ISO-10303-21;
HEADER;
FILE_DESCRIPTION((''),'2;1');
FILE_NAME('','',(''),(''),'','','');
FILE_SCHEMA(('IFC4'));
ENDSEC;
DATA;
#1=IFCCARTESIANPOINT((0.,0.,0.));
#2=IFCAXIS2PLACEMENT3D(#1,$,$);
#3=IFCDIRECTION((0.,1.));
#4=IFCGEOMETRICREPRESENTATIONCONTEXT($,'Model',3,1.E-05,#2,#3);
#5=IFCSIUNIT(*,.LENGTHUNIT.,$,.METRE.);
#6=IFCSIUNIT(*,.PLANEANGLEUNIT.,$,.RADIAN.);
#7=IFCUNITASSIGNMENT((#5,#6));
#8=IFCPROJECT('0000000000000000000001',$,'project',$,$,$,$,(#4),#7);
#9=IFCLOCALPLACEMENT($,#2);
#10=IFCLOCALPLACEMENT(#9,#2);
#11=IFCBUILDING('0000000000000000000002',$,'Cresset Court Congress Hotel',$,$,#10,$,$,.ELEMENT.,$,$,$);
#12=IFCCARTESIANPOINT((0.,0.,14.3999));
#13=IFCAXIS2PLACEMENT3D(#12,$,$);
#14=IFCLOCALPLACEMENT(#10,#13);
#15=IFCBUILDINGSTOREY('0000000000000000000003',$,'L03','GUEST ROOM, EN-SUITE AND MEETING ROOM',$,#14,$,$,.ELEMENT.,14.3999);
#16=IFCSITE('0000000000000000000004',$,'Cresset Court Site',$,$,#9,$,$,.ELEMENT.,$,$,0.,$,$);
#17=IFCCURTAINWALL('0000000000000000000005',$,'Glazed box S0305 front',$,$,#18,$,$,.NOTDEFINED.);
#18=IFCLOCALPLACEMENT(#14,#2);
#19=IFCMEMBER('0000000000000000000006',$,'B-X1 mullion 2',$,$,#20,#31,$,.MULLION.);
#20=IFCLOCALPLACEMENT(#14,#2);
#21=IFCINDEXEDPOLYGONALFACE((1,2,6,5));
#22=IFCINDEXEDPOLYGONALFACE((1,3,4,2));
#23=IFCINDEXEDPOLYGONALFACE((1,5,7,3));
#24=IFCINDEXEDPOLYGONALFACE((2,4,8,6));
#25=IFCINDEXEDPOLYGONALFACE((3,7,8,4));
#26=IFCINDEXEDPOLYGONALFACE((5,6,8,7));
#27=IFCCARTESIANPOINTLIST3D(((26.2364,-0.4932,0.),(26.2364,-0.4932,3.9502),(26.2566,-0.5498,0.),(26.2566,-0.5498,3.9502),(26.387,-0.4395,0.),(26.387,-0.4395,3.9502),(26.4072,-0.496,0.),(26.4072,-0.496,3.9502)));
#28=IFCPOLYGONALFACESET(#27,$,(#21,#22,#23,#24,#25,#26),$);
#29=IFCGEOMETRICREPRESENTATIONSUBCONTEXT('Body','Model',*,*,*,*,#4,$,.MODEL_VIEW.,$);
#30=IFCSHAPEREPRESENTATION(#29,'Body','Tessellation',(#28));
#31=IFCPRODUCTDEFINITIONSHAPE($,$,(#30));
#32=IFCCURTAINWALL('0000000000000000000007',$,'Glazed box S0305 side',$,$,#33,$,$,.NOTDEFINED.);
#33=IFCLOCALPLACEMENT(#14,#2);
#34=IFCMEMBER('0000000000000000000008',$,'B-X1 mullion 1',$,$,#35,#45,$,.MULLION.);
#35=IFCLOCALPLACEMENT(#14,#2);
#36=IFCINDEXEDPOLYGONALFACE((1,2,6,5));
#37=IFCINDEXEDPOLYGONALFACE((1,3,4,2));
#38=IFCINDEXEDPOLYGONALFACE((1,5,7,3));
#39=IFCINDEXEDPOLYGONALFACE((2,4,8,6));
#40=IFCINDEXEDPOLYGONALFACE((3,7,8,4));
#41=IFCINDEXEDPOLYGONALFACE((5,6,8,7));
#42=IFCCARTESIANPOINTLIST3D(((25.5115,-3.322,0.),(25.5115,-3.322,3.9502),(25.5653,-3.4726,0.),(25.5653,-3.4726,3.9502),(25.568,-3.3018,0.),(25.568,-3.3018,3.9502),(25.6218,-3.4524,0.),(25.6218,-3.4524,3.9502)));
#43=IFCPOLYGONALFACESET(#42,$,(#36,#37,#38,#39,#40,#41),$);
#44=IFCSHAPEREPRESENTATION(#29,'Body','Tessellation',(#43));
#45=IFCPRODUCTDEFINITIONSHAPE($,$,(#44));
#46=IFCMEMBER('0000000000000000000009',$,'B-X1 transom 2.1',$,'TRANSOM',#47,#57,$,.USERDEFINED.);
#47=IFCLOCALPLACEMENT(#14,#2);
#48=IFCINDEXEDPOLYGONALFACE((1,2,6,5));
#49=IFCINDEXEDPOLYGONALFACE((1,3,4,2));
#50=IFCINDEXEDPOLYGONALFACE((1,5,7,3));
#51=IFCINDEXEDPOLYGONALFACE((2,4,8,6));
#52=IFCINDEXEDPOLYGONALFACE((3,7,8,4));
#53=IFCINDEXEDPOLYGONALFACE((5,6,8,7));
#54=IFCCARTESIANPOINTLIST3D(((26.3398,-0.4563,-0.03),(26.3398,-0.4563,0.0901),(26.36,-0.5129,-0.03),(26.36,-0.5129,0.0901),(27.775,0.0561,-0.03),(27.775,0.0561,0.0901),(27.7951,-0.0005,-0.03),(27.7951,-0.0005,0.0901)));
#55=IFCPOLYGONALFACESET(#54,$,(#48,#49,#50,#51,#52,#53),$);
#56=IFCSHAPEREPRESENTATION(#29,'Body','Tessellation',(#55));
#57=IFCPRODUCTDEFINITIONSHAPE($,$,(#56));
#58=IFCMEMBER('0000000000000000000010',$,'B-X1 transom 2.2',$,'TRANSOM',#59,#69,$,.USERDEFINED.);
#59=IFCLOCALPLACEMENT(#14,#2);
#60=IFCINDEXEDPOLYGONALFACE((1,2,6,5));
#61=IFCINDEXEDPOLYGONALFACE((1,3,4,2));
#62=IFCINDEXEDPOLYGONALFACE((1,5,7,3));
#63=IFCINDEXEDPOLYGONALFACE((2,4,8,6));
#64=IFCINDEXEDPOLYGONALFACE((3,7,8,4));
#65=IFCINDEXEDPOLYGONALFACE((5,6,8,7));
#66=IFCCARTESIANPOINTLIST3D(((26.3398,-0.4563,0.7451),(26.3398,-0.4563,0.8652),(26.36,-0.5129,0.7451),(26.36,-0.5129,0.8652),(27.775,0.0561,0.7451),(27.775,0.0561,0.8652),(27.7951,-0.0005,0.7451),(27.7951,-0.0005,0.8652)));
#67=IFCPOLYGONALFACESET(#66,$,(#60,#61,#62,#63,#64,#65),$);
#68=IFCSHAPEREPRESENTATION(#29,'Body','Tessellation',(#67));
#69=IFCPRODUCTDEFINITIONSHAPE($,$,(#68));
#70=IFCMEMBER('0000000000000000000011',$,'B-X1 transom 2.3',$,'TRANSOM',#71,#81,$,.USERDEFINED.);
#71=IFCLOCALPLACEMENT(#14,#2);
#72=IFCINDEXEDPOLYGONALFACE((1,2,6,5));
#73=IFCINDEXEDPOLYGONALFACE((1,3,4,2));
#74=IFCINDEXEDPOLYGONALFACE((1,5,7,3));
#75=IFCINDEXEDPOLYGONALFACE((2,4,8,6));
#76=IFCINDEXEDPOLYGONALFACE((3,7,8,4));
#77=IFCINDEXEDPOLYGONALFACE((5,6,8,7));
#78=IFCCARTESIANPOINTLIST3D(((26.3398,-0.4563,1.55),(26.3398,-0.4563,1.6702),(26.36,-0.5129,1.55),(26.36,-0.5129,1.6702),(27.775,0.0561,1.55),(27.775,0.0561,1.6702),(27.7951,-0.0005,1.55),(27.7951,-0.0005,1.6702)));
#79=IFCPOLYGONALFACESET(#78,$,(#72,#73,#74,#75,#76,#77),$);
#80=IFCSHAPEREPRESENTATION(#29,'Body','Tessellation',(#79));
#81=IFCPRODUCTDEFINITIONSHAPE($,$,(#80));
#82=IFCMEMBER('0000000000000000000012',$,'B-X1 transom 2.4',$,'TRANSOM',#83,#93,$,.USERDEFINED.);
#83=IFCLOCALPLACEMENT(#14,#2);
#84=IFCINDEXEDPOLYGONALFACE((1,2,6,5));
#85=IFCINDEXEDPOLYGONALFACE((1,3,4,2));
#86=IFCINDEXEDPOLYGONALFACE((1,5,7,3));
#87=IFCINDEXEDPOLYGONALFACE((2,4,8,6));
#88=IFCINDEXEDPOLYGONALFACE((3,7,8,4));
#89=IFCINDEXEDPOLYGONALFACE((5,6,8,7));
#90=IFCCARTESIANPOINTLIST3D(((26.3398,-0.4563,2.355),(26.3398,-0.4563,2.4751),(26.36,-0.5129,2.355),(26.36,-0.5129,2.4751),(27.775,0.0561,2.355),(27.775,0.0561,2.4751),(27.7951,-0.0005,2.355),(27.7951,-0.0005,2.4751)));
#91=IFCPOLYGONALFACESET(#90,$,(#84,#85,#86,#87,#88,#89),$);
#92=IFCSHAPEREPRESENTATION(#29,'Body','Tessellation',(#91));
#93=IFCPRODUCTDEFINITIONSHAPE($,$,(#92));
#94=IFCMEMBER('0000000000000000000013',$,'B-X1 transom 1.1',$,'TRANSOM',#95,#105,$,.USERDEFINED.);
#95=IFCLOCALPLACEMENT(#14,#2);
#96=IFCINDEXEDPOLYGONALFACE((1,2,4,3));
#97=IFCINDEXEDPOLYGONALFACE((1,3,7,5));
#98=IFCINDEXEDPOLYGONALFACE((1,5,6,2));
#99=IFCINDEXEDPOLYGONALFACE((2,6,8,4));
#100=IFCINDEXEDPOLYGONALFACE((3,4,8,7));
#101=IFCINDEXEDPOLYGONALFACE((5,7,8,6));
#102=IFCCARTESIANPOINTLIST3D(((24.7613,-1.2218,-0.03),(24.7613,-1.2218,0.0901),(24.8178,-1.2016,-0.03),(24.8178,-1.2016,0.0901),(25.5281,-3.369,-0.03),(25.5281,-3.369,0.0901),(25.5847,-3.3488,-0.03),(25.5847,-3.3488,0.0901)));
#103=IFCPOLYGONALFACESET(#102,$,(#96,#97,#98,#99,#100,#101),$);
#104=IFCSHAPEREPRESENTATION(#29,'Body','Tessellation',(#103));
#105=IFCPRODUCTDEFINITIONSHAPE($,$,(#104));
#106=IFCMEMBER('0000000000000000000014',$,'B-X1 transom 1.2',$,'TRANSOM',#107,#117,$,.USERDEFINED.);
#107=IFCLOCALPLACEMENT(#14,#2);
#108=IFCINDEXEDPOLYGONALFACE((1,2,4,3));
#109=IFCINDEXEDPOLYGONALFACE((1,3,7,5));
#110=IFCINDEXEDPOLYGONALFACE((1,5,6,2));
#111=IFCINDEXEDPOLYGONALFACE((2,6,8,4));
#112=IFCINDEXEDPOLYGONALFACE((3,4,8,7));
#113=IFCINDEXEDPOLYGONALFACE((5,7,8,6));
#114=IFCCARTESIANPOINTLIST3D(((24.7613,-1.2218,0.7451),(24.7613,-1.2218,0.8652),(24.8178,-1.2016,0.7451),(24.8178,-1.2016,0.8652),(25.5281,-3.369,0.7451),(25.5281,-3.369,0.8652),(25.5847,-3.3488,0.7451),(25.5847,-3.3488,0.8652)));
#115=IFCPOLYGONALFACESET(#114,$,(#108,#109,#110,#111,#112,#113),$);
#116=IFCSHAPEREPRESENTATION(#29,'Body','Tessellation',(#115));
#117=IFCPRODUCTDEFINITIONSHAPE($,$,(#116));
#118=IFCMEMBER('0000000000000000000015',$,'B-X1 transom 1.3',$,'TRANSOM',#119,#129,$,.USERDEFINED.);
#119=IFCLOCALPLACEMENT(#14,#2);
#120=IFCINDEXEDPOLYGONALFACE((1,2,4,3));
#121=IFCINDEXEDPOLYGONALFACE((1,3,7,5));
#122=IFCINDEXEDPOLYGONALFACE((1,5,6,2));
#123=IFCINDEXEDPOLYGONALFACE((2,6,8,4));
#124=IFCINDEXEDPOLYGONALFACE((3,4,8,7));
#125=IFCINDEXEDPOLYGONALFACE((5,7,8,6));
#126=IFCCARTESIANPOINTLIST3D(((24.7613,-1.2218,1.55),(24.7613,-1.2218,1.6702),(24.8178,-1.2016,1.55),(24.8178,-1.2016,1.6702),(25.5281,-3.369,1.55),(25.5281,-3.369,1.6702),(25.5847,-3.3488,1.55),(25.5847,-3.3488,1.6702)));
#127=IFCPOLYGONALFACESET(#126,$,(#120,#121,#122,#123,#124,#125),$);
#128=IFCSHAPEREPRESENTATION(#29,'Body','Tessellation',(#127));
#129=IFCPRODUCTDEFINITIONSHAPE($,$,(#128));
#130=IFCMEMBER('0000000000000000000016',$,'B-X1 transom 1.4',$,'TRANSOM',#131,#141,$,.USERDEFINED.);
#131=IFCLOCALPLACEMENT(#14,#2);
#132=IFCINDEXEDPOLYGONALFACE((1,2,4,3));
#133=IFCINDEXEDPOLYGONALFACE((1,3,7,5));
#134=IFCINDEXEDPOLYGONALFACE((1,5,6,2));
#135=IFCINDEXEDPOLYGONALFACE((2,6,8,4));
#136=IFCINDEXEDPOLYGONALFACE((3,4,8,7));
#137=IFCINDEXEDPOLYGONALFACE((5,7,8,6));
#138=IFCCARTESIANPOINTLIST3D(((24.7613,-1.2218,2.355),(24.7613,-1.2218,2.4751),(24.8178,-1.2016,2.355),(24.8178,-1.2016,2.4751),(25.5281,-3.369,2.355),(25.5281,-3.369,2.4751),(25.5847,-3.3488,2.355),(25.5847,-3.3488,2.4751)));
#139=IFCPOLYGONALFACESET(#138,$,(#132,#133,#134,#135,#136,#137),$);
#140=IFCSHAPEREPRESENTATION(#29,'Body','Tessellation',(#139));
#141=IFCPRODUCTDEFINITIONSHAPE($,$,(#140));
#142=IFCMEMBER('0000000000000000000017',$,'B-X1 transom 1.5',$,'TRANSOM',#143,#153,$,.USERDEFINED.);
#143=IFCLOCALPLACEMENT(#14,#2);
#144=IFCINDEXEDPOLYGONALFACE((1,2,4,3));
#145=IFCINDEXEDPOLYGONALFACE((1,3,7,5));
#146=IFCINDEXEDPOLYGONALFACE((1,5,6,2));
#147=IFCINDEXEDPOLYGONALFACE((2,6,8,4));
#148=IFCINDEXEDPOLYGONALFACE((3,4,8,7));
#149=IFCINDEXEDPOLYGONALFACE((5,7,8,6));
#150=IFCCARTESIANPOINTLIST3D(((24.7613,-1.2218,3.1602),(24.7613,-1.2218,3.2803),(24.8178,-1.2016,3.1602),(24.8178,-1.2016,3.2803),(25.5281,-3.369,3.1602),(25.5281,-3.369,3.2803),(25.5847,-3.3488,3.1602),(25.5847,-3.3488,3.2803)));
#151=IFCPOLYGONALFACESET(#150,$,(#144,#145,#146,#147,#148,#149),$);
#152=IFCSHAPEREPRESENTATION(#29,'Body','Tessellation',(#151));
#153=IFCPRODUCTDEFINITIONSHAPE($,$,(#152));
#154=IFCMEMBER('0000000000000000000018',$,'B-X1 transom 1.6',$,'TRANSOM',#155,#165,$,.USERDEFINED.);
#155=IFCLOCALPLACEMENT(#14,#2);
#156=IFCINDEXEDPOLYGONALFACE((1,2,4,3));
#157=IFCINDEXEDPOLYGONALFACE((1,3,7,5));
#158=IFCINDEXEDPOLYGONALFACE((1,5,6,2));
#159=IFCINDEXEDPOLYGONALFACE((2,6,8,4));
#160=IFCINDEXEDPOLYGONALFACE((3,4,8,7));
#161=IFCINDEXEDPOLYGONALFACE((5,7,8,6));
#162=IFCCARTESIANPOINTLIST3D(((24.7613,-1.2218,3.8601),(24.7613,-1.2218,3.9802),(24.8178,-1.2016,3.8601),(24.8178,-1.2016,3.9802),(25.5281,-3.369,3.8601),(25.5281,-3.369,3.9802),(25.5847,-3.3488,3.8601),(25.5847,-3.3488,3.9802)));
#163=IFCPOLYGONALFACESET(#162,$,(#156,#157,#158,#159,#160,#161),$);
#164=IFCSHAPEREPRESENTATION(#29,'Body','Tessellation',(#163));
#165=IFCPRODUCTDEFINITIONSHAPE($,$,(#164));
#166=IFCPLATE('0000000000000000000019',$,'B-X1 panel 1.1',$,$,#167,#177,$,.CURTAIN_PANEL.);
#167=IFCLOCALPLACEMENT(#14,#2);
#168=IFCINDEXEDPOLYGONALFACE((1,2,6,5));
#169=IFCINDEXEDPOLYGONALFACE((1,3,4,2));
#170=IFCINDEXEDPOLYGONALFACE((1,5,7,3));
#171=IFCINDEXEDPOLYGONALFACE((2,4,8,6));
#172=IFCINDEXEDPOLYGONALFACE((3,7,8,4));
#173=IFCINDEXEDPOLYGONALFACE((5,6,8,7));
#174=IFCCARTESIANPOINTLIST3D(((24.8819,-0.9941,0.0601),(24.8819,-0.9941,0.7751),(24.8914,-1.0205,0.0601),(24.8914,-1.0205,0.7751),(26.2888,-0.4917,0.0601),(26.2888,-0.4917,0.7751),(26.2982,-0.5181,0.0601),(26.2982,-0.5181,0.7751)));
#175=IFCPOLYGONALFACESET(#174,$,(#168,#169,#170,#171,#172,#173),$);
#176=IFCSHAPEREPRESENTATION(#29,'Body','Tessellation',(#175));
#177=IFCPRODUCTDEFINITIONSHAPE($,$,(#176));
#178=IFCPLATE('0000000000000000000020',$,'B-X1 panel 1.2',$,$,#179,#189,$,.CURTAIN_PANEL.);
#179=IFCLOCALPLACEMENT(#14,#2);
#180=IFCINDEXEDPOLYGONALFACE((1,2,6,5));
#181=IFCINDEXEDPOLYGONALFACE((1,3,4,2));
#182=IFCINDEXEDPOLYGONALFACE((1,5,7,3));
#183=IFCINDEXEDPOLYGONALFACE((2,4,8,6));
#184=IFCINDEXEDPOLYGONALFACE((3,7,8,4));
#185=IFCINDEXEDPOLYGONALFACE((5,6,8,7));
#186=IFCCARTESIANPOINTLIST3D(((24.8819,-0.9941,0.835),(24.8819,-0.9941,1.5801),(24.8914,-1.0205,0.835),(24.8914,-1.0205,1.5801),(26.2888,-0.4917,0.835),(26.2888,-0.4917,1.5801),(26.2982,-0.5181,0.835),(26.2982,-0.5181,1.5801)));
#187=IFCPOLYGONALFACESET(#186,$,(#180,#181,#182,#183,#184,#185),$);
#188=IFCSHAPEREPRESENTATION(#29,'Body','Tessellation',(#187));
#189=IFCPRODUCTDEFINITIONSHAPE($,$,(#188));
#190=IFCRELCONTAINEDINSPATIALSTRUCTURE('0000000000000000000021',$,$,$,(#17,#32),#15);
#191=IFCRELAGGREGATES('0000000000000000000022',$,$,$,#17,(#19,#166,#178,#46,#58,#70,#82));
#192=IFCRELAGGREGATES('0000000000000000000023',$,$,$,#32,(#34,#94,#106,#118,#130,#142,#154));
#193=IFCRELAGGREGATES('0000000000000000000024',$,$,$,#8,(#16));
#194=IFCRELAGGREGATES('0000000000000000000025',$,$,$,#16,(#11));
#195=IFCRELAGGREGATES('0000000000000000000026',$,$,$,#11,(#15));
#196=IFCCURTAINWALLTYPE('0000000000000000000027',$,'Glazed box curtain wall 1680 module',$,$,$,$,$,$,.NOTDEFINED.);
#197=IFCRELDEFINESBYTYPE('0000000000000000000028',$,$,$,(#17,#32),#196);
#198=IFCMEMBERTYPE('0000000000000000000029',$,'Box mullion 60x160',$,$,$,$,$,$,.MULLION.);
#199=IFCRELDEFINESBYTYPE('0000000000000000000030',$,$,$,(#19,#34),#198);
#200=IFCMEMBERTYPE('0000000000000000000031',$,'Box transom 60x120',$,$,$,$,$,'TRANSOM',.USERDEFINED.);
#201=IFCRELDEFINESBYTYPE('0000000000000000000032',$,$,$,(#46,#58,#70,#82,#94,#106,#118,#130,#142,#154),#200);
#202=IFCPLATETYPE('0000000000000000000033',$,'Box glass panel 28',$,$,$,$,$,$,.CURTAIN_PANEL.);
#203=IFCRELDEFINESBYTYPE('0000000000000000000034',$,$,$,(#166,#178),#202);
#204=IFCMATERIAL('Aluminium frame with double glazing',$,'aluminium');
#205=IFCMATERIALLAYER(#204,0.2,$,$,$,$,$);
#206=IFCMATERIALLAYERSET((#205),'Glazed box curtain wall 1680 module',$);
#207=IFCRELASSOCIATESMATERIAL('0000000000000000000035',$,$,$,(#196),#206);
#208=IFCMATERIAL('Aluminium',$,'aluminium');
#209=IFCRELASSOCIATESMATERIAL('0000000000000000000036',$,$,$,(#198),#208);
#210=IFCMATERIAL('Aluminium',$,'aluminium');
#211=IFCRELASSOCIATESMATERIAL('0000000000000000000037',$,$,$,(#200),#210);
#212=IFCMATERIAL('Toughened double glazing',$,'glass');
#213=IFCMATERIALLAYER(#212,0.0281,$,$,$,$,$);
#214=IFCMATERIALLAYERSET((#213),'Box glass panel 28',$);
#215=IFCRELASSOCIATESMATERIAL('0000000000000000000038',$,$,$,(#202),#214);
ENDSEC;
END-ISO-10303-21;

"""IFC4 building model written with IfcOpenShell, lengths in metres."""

from ifc_helpers import new_model, si_unit, direction, frame, origin, origin_2d, place, context, subcontext, project, spatial, rectangle, extrude, material, layer, layer_set, material_profile, profile_set, type_object, element, aggregate, save


model = new_model("IFC4")

# Units and contexts
model_context = context("Model", 3, precision=1e-05, world=origin(), true_north=direction((0.0, 1.0)))
body_context = subcontext(model_context, "Body", "Model", "MODEL_VIEW")
ifc_project = project(units=[si_unit("LENGTHUNIT", "METRE"), si_unit("PLANEANGLEUNIT", "RADIAN")], contexts=[model_context])

# Site, building, storey
site_placement = place(None, origin())
site = spatial("IfcSite", under=ifc_project, at=site_placement, Name="Cresset Court Site", CompositionType="ELEMENT", RefElevation=0.0)
building_placement = place(site_placement, origin())
building = spatial("IfcBuilding", under=site, at=building_placement, Name="Cresset Court Congress Hotel", CompositionType="ELEMENT")
storey_placement = place(building_placement, frame((0.0, 0.0, 14.3999)))
storey = spatial("IfcBuildingStorey", under=building, at=storey_placement, Name="L03", Description="GUEST ROOM, EN-SUITE AND MEETING ROOM", CompositionType="ELEMENT", Elevation=14.3999)

# Curtain walls, members
ifc_material_1 = material(Name="Aluminium frame with double glazing", Category="aluminium")
ifc_layer_1 = layer(ifc_material_1, 0.2)
ifc_layer_set_1 = layer_set([ifc_layer_1], Name="Glazed box curtain wall 1680 module")
curtain_wall_type = type_object("IfcCurtainWallType", Name="Glazed box curtain wall 1680 module", PredefinedType="NOTDEFINED", material=ifc_layer_set_1)
curtain_wall_1_placement = place(storey_placement, origin())
curtain_wall_1 = element("IfcCurtainWall", 1, at=curtain_wall_1_placement, inside=storey, type_object=curtain_wall_type, Name="Glazed box S0305 front", PredefinedType="NOTDEFINED")
ifc_material_2 = material(Name="Aluminium", Category="aluminium")
ifc_material_profile_1 = material_profile(ifc_material_2, rectangle(XDim=0.0601, YDim=0.1599, at=origin_2d()), Name="Box mullion 60x160")
ifc_profile_set_1 = profile_set([ifc_material_profile_1], Name="Aluminium")
member_type_1 = type_object("IfcMemberType", Name="Box mullion 60x160", PredefinedType="MULLION", material=ifc_profile_set_1)
member_1_placement = place(storey_placement, frame((26.3218, -0.4946, 0.0), z_axis=(0.0, 0.0, 1.0), x_axis=(-0.336336, 0.941742, 0.0)))
member_1 = element("IfcMember", 2, at=member_1_placement, type_object=member_type_1, Name="B-X1 mullion 2", PredefinedType="MULLION", context=body_context, shape_type="SweptSolid", body=[
    extrude(rectangle(XDim=0.0601, YDim=0.1599, at=origin_2d()), origin(), (0.0, 0.0, 1.0), 3.9502),
])
curtain_wall_2_placement = place(storey_placement, origin())
curtain_wall_2 = element("IfcCurtainWall", 3, at=curtain_wall_2_placement, inside=storey, type_object=curtain_wall_type, Name="Glazed box S0305 side", PredefinedType="NOTDEFINED")
member_2_placement = place(storey_placement, frame((25.5667, -3.3872, 0.0), z_axis=(0.0, 0.0, 1.0), x_axis=(-0.941742, -0.336336, 0.0)))
member_2 = element("IfcMember", 4, at=member_2_placement, type_object=member_type_1, Name="B-X1 mullion 1", PredefinedType="MULLION", context=body_context, shape_type="SweptSolid", body=[
    extrude(rectangle(XDim=0.0601, YDim=0.1599, at=origin_2d()), origin(), (0.0, 0.0, 1.0), 3.9502),
])

# Members
ifc_material_3 = material(Name="Aluminium", Category="aluminium")
ifc_material_profile_2 = material_profile(ifc_material_3, rectangle(XDim=0.0601, YDim=0.1201, at=origin_2d()), Name="Box transom 60x120")
ifc_profile_set_2 = profile_set([ifc_material_profile_2], Name="Aluminium")
member_type_2 = type_object("IfcMemberType", Name="Box transom 60x120", ElementType="TRANSOM", PredefinedType="USERDEFINED", material=ifc_profile_set_2)
member_3_placement = place(storey_placement, frame((26.3499, -0.4846, 0.03), z_axis=(0.941775, 0.336245, 0.0), x_axis=(-0.336245, 0.941775, 0.0)))
member_3 = element("IfcMember", 5, at=member_3_placement, type_object=member_type_2, Name="B-X1 transom 2.1", ObjectType="TRANSOM", PredefinedType="USERDEFINED", context=body_context, shape_type="SweptSolid", body=[
    extrude(rectangle(XDim=0.0601, YDim=0.1201, at=origin_2d()), origin(), (0.0, 0.0, 1.0), 1.5239),
])
member_4_placement = place(storey_placement, frame((26.3499, -0.4846, 0.8052), z_axis=(0.941775, 0.336245, 0.0), x_axis=(-0.336245, 0.941775, 0.0)))
member_4 = element("IfcMember", 6, at=member_4_placement, type_object=member_type_2, Name="B-X1 transom 2.2", ObjectType="TRANSOM", PredefinedType="USERDEFINED", context=body_context, shape_type="SweptSolid", body=[
    extrude(rectangle(XDim=0.0601, YDim=0.1201, at=origin_2d()), origin(), (0.0, 0.0, 1.0), 1.5239),
])
member_5_placement = place(storey_placement, frame((26.3499, -0.4846, 1.6101), z_axis=(0.941775, 0.336245, 0.0), x_axis=(-0.336245, 0.941775, 0.0)))
member_5 = element("IfcMember", 7, at=member_5_placement, type_object=member_type_2, Name="B-X1 transom 2.3", ObjectType="TRANSOM", PredefinedType="USERDEFINED", context=body_context, shape_type="SweptSolid", body=[
    extrude(rectangle(XDim=0.0601, YDim=0.1201, at=origin_2d()), origin(), (0.0, 0.0, 1.0), 1.5239),
])
member_6_placement = place(storey_placement, frame((26.3499, -0.4846, 2.415), z_axis=(0.941775, 0.336245, 0.0), x_axis=(-0.336245, 0.941775, 0.0)))
member_6 = element("IfcMember", 8, at=member_6_placement, type_object=member_type_2, Name="B-X1 transom 2.4", ObjectType="TRANSOM", PredefinedType="USERDEFINED", context=body_context, shape_type="SweptSolid", body=[
    extrude(rectangle(XDim=0.0601, YDim=0.1201, at=origin_2d()), origin(), (0.0, 0.0, 1.0), 1.5239),
])
member_7_placement = place(storey_placement, frame((25.5564, -3.3589, 0.03), z_axis=(-0.33633, 0.941744, 0.0), x_axis=(-0.941744, -0.33633, 0.0)))
member_7 = element("IfcMember", 9, at=member_7_placement, type_object=member_type_2, Name="B-X1 transom 1.1", ObjectType="TRANSOM", PredefinedType="USERDEFINED", context=body_context, shape_type="SweptSolid", body=[
    extrude(rectangle(XDim=0.0601, YDim=0.1201, at=origin_2d()), origin(), (0.0, 0.0, 1.0), 2.28),
])
member_8_placement = place(storey_placement, frame((25.5564, -3.3589, 0.8052), z_axis=(-0.33633, 0.941744, 0.0), x_axis=(-0.941744, -0.33633, 0.0)))
member_8 = element("IfcMember", 10, at=member_8_placement, type_object=member_type_2, Name="B-X1 transom 1.2", ObjectType="TRANSOM", PredefinedType="USERDEFINED", context=body_context, shape_type="SweptSolid", body=[
    extrude(rectangle(XDim=0.0601, YDim=0.1201, at=origin_2d()), origin(), (0.0, 0.0, 1.0), 2.28),
])
member_9_placement = place(storey_placement, frame((25.5564, -3.3589, 1.6101), z_axis=(-0.33633, 0.941744, 0.0), x_axis=(-0.941744, -0.33633, 0.0)))
member_9 = element("IfcMember", 11, at=member_9_placement, type_object=member_type_2, Name="B-X1 transom 1.3", ObjectType="TRANSOM", PredefinedType="USERDEFINED", context=body_context, shape_type="SweptSolid", body=[
    extrude(rectangle(XDim=0.0601, YDim=0.1201, at=origin_2d()), origin(), (0.0, 0.0, 1.0), 2.28),
])
member_10_placement = place(storey_placement, frame((25.5564, -3.3589, 2.415), z_axis=(-0.33633, 0.941744, 0.0), x_axis=(-0.941744, -0.33633, 0.0)))
member_10 = element("IfcMember", 12, at=member_10_placement, type_object=member_type_2, Name="B-X1 transom 1.4", ObjectType="TRANSOM", PredefinedType="USERDEFINED", context=body_context, shape_type="SweptSolid", body=[
    extrude(rectangle(XDim=0.0601, YDim=0.1201, at=origin_2d()), origin(), (0.0, 0.0, 1.0), 2.28),
])
member_11_placement = place(storey_placement, frame((25.5564, -3.3589, 3.2202), z_axis=(-0.33633, 0.941744, 0.0), x_axis=(-0.941744, -0.33633, 0.0)))
member_11 = element("IfcMember", 13, at=member_11_placement, type_object=member_type_2, Name="B-X1 transom 1.5", ObjectType="TRANSOM", PredefinedType="USERDEFINED", context=body_context, shape_type="SweptSolid", body=[
    extrude(rectangle(XDim=0.0601, YDim=0.1201, at=origin_2d()), origin(), (0.0, 0.0, 1.0), 2.28),
])
member_12_placement = place(storey_placement, frame((25.5564, -3.3589, 3.9202), z_axis=(-0.33633, 0.941744, 0.0), x_axis=(-0.941744, -0.33633, 0.0)))
member_12 = element("IfcMember", 14, at=member_12_placement, type_object=member_type_2, Name="B-X1 transom 1.6", ObjectType="TRANSOM", PredefinedType="USERDEFINED", context=body_context, shape_type="SweptSolid", body=[
    extrude(rectangle(XDim=0.0601, YDim=0.1201, at=origin_2d()), origin(), (0.0, 0.0, 1.0), 2.28),
])

# Plates
ifc_material_4 = material(Name="Toughened double glazing", Category="glass")
ifc_layer_2 = layer(ifc_material_4, 0.0281)
ifc_layer_set_2 = layer_set([ifc_layer_2], Name="Box glass panel 28")
plate_type_1 = type_object("IfcPlateType", Name="Box glass panel 28", PredefinedType="CURTAIN_PANEL", material=ifc_layer_set_2)
plate_1_placement = place(storey_placement, frame((25.5901, -0.7561, 0.0601), z_axis=(0.0, 0.0, 1.0), x_axis=(0.941742, 0.336336, 0.0)))
plate_1 = element("IfcPlate", 15, at=plate_1_placement, type_object=plate_type_1, Name="B-X1 panel 1.1", PredefinedType="CURTAIN_PANEL", context=body_context, shape_type="SweptSolid", body=[
    extrude(rectangle(XDim=1.4939, YDim=0.0281, at=origin_2d()), origin(), (0.0, 0.0, 1.0), 0.7151),
])
plate_2_placement = place(storey_placement, frame((25.5901, -0.7561, 0.835), z_axis=(0.0, 0.0, 1.0), x_axis=(0.941742, 0.336336, 0.0)))
plate_2 = element("IfcPlate", 16, at=plate_2_placement, type_object=plate_type_1, Name="B-X1 panel 1.2", PredefinedType="CURTAIN_PANEL", context=body_context, shape_type="SweptSolid", body=[
    extrude(rectangle(XDim=1.4939, YDim=0.0281, at=origin_2d()), origin(), (0.0, 0.0, 1.0), 0.7451),
])
aggregate(curtain_wall_1, [member_1, plate_1, plate_2, member_3, member_4, member_5, member_6])
aggregate(curtain_wall_2, [member_2, member_7, member_8, member_9, member_10, member_11, member_12])

save(model, "model.ifc")
